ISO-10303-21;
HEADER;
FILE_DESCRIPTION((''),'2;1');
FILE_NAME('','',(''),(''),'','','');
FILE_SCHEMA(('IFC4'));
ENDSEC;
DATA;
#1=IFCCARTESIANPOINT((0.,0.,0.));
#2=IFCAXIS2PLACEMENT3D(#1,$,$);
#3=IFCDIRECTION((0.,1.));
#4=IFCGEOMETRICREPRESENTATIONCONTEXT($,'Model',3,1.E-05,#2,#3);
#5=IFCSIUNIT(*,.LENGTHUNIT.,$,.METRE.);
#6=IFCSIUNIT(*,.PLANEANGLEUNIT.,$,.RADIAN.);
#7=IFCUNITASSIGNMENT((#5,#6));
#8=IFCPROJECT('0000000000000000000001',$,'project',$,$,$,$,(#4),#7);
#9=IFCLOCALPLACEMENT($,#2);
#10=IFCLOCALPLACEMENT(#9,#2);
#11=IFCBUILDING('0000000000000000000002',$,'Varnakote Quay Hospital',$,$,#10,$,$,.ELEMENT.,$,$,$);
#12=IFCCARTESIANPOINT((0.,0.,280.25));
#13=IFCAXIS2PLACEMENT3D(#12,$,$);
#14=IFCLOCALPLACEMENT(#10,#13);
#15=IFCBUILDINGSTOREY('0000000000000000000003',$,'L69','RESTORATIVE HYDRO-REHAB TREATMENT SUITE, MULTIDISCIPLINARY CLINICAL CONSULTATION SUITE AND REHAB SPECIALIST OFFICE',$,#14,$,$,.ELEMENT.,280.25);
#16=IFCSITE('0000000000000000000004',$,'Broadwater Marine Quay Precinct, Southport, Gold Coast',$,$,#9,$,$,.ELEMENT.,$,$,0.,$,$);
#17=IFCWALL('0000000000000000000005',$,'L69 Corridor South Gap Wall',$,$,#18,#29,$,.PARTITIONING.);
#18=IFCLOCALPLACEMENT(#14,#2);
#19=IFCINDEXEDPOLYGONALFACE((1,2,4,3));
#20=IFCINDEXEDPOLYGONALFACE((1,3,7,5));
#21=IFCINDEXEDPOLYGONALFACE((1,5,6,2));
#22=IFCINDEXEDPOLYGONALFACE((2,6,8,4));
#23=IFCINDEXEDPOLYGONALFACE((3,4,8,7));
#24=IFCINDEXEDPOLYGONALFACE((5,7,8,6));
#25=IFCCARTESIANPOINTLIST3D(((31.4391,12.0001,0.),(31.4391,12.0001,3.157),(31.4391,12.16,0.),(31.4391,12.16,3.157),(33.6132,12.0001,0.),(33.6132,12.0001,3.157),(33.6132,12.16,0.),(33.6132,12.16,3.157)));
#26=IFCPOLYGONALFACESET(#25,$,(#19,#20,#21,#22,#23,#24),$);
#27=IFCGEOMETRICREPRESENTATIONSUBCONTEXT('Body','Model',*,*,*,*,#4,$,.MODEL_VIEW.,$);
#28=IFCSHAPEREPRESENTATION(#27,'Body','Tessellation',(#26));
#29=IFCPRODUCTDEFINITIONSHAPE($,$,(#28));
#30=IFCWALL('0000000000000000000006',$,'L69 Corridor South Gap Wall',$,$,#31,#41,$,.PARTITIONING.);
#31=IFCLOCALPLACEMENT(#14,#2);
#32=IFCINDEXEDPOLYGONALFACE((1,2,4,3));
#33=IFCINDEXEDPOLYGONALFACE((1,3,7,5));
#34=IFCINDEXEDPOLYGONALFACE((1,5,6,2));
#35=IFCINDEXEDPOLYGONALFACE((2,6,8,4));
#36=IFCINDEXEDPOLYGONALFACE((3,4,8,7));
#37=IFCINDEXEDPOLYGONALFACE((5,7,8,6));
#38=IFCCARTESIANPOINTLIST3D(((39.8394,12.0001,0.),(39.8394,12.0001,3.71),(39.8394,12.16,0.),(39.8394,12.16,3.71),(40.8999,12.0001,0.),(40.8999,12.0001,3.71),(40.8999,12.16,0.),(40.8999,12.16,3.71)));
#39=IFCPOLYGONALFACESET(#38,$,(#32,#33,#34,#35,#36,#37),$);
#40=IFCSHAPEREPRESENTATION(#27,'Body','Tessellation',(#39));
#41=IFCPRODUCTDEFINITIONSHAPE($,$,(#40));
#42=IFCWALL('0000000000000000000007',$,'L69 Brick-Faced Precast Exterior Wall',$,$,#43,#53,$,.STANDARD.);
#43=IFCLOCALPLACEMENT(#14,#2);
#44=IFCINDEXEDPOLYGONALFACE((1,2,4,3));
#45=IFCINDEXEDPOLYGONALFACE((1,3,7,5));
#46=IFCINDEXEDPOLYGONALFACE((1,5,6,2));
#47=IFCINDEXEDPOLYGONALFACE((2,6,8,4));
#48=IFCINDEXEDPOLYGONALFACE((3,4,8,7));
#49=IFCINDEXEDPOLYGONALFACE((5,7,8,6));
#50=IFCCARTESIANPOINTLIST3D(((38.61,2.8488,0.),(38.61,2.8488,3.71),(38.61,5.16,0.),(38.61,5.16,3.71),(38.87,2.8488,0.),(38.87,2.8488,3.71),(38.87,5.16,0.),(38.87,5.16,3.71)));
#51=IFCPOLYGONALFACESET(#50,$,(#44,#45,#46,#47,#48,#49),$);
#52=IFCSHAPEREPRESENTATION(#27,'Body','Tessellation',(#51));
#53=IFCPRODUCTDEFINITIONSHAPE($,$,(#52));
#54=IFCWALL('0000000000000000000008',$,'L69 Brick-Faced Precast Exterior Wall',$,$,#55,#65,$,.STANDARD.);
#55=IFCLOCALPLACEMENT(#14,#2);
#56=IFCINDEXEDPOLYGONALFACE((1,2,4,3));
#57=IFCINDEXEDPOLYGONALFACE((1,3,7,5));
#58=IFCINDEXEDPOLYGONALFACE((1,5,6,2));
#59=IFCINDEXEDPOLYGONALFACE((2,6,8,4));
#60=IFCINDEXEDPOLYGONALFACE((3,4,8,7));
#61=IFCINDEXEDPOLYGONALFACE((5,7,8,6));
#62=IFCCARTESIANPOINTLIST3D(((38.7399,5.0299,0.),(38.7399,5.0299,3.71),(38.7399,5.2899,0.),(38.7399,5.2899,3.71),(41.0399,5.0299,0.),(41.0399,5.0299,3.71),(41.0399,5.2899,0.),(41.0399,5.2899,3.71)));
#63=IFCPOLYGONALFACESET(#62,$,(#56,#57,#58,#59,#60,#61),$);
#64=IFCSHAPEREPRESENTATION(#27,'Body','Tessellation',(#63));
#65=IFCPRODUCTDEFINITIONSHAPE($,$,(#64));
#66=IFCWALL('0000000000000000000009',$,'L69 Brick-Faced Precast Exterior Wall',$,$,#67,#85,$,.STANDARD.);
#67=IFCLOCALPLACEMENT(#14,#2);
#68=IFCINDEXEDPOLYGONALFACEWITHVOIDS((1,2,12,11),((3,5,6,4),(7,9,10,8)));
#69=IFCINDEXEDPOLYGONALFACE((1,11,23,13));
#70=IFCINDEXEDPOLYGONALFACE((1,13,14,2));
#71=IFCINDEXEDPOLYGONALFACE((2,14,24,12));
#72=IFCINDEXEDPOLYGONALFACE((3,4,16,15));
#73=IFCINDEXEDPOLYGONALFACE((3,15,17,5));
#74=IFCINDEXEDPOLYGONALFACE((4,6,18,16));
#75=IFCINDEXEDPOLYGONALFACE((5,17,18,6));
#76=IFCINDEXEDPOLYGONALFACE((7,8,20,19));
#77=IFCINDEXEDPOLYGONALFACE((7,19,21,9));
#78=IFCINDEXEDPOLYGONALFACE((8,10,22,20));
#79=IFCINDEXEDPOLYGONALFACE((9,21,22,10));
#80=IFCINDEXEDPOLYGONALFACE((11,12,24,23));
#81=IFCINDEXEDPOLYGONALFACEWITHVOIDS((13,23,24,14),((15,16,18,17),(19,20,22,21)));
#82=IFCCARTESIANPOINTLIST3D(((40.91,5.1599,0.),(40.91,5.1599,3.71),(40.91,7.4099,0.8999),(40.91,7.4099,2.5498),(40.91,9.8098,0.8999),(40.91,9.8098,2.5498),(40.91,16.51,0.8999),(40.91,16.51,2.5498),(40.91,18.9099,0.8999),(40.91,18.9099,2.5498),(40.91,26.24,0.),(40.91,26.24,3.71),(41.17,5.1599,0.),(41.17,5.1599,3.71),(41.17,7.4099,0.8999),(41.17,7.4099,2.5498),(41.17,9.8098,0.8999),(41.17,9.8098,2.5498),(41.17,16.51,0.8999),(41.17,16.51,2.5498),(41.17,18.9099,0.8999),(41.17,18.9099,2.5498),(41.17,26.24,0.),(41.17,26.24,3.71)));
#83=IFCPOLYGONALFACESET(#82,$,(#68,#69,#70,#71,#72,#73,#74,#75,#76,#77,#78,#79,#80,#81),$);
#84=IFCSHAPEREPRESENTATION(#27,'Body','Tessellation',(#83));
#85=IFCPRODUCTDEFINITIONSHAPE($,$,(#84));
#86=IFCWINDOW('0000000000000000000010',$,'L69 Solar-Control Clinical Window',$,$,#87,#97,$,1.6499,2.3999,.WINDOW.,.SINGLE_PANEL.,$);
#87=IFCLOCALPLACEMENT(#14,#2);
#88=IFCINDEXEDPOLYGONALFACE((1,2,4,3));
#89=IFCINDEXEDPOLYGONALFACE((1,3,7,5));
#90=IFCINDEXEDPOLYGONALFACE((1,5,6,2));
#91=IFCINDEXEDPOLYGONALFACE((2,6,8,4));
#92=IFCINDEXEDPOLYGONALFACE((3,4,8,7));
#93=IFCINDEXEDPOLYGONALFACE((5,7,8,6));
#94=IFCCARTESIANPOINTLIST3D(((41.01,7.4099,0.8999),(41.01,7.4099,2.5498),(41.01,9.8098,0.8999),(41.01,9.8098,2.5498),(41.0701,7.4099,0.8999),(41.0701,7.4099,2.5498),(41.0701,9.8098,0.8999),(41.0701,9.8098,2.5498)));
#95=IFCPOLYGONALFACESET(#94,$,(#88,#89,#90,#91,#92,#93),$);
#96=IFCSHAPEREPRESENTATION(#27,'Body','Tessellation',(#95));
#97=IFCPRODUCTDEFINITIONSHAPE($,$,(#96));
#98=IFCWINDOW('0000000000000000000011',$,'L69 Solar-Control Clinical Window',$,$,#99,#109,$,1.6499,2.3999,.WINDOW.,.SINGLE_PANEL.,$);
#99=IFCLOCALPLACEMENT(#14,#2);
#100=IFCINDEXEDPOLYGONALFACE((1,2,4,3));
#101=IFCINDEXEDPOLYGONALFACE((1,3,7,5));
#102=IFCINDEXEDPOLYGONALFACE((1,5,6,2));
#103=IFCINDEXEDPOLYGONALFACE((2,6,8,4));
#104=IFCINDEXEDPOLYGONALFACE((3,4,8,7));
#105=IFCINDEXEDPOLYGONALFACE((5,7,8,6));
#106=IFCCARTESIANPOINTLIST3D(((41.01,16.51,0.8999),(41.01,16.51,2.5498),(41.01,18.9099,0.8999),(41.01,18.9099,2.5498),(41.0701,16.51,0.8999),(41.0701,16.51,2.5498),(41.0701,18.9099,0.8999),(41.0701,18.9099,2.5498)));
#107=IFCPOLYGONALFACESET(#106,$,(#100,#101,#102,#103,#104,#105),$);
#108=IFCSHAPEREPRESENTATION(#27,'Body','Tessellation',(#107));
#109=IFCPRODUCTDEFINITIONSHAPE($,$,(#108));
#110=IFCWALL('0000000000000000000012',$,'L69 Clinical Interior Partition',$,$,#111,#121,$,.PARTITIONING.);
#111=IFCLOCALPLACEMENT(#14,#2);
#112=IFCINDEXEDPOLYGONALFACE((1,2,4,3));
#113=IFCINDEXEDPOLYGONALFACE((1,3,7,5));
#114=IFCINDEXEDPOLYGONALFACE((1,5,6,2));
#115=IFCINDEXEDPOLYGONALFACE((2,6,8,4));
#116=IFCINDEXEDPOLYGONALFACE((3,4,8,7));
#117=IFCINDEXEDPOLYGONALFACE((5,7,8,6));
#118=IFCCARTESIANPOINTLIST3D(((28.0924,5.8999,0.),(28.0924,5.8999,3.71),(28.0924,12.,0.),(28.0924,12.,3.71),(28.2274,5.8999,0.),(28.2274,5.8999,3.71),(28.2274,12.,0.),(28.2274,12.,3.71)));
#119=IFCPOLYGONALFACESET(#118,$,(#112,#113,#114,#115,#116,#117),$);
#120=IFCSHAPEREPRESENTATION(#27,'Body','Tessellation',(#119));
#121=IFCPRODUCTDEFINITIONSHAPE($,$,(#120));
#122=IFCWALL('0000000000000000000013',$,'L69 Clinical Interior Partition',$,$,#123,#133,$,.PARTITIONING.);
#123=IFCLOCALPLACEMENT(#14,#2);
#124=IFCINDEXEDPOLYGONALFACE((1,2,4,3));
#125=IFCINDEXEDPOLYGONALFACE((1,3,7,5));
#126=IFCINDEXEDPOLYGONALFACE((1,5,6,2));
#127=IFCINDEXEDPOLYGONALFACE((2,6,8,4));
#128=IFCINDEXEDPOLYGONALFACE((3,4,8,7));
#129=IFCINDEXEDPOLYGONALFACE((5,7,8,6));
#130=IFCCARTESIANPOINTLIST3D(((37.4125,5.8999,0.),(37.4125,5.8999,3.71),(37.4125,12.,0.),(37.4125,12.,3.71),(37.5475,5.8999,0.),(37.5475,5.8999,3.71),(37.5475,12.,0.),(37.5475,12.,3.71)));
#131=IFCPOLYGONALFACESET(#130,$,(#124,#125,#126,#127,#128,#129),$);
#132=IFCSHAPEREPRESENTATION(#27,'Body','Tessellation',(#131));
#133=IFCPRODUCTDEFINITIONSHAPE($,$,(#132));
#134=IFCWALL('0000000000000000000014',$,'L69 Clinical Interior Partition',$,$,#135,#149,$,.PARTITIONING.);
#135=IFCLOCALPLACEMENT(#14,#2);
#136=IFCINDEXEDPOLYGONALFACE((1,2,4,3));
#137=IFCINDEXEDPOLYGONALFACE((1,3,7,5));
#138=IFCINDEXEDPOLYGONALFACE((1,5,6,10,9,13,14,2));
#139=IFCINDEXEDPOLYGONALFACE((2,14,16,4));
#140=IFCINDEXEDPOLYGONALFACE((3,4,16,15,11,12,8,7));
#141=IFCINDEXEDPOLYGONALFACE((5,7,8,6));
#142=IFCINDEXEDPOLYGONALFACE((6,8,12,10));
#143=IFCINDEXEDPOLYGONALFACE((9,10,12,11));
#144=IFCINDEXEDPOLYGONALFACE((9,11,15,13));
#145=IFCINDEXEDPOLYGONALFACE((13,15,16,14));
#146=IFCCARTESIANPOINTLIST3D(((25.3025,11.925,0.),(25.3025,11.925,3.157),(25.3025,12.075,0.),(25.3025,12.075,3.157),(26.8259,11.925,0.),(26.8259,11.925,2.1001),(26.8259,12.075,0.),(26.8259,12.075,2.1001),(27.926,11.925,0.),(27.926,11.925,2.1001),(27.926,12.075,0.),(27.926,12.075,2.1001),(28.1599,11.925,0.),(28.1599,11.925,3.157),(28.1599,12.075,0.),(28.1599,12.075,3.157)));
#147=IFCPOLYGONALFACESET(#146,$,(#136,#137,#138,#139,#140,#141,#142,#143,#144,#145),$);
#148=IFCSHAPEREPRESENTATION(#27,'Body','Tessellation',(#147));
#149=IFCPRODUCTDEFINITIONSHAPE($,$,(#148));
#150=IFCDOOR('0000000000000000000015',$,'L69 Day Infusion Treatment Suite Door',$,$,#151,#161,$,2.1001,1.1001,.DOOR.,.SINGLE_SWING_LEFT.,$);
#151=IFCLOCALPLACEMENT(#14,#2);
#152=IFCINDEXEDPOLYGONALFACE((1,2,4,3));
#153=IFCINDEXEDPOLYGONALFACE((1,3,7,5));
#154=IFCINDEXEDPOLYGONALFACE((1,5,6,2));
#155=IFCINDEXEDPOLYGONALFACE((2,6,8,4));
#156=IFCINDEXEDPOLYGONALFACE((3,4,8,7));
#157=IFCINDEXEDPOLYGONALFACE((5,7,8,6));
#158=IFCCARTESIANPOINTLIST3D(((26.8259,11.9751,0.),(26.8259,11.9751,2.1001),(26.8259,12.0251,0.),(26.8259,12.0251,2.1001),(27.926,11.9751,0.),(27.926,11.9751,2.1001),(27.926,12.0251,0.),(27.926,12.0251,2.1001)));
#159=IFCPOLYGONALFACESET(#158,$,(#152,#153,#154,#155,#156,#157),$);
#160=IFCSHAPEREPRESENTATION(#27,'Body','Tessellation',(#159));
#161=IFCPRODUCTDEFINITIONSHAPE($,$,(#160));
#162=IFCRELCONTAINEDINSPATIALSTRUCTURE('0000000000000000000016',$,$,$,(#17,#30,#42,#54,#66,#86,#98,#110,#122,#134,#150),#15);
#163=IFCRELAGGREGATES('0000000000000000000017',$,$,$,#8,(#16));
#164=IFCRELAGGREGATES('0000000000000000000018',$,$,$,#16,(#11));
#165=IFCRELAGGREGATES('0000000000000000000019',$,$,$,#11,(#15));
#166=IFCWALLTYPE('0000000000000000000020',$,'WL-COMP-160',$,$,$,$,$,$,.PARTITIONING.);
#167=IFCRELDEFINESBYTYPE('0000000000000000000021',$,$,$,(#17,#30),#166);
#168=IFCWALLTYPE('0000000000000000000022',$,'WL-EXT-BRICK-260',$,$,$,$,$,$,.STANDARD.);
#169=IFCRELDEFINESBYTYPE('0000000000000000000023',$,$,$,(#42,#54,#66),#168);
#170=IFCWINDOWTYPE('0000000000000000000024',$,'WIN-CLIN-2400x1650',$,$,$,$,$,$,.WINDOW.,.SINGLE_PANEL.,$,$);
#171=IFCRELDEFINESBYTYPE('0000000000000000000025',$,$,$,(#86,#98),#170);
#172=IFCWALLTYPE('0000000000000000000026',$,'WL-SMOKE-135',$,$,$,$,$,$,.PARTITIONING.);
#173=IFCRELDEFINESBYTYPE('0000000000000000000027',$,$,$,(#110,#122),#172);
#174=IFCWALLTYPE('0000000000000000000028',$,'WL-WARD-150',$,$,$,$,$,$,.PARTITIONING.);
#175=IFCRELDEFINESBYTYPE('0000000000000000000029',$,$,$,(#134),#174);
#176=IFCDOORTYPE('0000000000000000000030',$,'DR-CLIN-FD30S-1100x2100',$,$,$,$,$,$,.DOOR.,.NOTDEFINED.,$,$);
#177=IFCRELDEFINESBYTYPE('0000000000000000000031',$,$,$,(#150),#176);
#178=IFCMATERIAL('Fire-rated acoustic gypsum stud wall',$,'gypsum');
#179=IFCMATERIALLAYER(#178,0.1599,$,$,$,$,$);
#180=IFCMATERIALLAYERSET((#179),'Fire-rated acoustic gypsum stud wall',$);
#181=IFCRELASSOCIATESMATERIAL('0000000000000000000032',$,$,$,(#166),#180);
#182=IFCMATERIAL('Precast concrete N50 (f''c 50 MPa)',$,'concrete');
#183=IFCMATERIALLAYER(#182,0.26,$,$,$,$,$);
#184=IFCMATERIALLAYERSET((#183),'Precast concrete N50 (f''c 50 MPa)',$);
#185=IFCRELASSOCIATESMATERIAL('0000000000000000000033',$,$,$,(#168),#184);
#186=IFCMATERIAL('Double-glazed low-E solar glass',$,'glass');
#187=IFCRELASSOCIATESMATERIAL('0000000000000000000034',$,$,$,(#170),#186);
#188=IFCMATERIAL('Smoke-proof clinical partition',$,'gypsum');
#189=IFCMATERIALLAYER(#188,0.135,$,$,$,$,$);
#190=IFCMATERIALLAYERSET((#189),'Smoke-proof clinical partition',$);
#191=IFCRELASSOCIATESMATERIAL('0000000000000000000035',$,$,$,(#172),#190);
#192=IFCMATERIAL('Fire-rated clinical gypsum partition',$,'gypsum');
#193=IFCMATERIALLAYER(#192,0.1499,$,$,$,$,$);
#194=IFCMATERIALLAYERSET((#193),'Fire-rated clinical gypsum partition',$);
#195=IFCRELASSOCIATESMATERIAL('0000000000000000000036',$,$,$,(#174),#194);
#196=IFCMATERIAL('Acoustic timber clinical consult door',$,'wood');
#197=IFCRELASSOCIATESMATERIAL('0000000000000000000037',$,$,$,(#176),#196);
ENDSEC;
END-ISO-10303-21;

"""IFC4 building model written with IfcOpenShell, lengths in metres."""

from ifc_helpers import new_model, si_unit, direction, frame, frame_2d, origin, place, context, subcontext, project, spatial, rectangle, extrude, material, layer, layer_set, type_object, element, fill, save


model = new_model("IFC4")

# Units and contexts
model_context = context("Model", 3, precision=1e-05, world=origin(), true_north=direction((0.0, 1.0)))
body_context = subcontext(model_context, "Body", "Model", "MODEL_VIEW")
ifc_project = project(units=[si_unit("LENGTHUNIT", "METRE"), si_unit("PLANEANGLEUNIT", "RADIAN")], contexts=[model_context])

# Site, building, storey
site_placement = place(None, origin())
site = spatial("IfcSite", under=ifc_project, at=site_placement, Name="Broadwater Marine Quay Precinct, Southport, Gold Coast", CompositionType="ELEMENT", RefElevation=0.0)
building_placement = place(site_placement, origin())
building = spatial("IfcBuilding", under=site, at=building_placement, Name="Varnakote Quay Hospital", CompositionType="ELEMENT")
storey_placement = place(building_placement, frame((0.0, 0.0, 280.25)))
storey = spatial("IfcBuildingStorey", under=building, at=storey_placement, Name="L69", Description="RESTORATIVE HYDRO-REHAB TREATMENT SUITE, MULTIDISCIPLINARY CLINICAL CONSULTATION SUITE AND REHAB SPECIALIST OFFICE", CompositionType="ELEMENT", Elevation=280.25)

# Walls
ifc_material_1 = material(Name="Fire-rated acoustic gypsum stud wall", Category="gypsum")
ifc_layer_1 = layer(ifc_material_1, 0.1599)
ifc_layer_set_1 = layer_set([ifc_layer_1], Name="Fire-rated acoustic gypsum stud wall")
wall_type_1 = type_object("IfcWallType", Name="WL-COMP-160", PredefinedType="PARTITIONING", material=ifc_layer_set_1)
wall_1_placement = place(storey_placement, frame((31.4392, 12.0801, 0.0), z_axis=(0.0, 0.0, 1.0), x_axis=(1.0, 0.0, 0.0)))
element("IfcWall", 1, at=wall_1_placement, inside=storey, type_object=wall_type_1, Name="L69 Corridor South Gap Wall", PredefinedType="PARTITIONING", context=body_context, shape_type="SweptSolid", body=[
    extrude(rectangle(XDim=2.1741, YDim=0.1599, at=frame_2d((1.0869, 0.0))), origin(), (0.0, 0.0, 1.0), 3.157),
])
wall_2_placement = place(storey_placement, frame((39.8394, 12.0801, 0.0), z_axis=(0.0, 0.0, 1.0), x_axis=(1.0, 0.0, 0.0)))
element("IfcWall", 2, at=wall_2_placement, inside=storey, type_object=wall_type_1, Name="L69 Corridor South Gap Wall", PredefinedType="PARTITIONING", context=body_context, shape_type="SweptSolid", body=[
    extrude(rectangle(XDim=1.0605, YDim=0.1599, at=frame_2d((0.5303, 0.0))), origin(), (0.0, 0.0, 1.0), 3.71),
])
ifc_material_2 = material(Name="Precast concrete N50 (f'c 50 MPa)", Category="concrete")
ifc_layer_2 = layer(ifc_material_2, 0.26)
ifc_layer_set_2 = layer_set([ifc_layer_2], Name="Precast concrete N50 (f'c 50 MPa)")
wall_type_2 = type_object("IfcWallType", Name="WL-EXT-BRICK-260", PredefinedType="STANDARD", material=ifc_layer_set_2)
wall_3_placement = place(storey_placement, frame((38.74, 2.8486, 0.0), z_axis=(0.0, 0.0, 1.0), x_axis=(0.0, 1.0, 0.0)))
element("IfcWall", 3, at=wall_3_placement, inside=storey, type_object=wall_type_2, Name="L69 Brick-Faced Precast Exterior Wall", PredefinedType="STANDARD", context=body_context, shape_type="SweptSolid", body=[
    extrude(rectangle(XDim=2.3113, YDim=0.26, at=frame_2d((1.1558, 0.0))), origin(), (0.0, 0.0, 1.0), 3.71),
])
wall_4_placement = place(storey_placement, frame((38.74, 5.1599, 0.0), z_axis=(0.0, 0.0, 1.0), x_axis=(1.0, 0.0, 0.0)))
element("IfcWall", 4, at=wall_4_placement, inside=storey, type_object=wall_type_2, Name="L69 Brick-Faced Precast Exterior Wall", PredefinedType="STANDARD", context=body_context, shape_type="SweptSolid", body=[
    extrude(rectangle(XDim=2.3, YDim=0.26, at=frame_2d((1.1499, 0.0))), origin(), (0.0, 0.0, 1.0), 3.71),
])

# Wall, openings, windows
wall_5_placement = place(storey_placement, frame((41.04, 5.1599, 0.0), z_axis=(0.0, 0.0, 1.0), x_axis=(0.0, 1.0, 0.0)))
wall_5 = element("IfcWall", 5, at=wall_5_placement, inside=storey, type_object=wall_type_2, Name="L69 Brick-Faced Precast Exterior Wall", PredefinedType="STANDARD", context=body_context, shape_type="SweptSolid", body=[
    extrude(rectangle(XDim=21.0801, YDim=0.26, at=frame_2d((10.54, 0.0))), origin(), (0.0, 0.0, 1.0), 3.71),
])
opening_1_placement = place(wall_5_placement, frame((2.25, 0.0, 0.8999)))
opening_1 = element("IfcOpeningElement", 6, at=opening_1_placement, cuts=wall_5, PredefinedType="OPENING", context=body_context, shape_type="SweptSolid", body=[
    extrude(rectangle(XDim=2.3999, YDim=1.6499, at=frame_2d((1.2, 0.825))), frame((0.0, 0.1399, 0.0), z_axis=(0.0, -1.0, 0.0), x_axis=(1.0, 0.0, 0.0)), (0.0, 0.0, 1.0), 0.28),
])
opening_2_placement = place(wall_5_placement, frame((11.3501, 0.0, 0.8999)))
opening_2 = element("IfcOpeningElement", 7, at=opening_2_placement, cuts=wall_5, PredefinedType="OPENING", context=body_context, shape_type="SweptSolid", body=[
    extrude(rectangle(XDim=2.3999, YDim=1.6499, at=frame_2d((1.2, 0.825))), frame((0.0, 0.1399, 0.0), z_axis=(0.0, -1.0, 0.0), x_axis=(1.0, 0.0, 0.0)), (0.0, 0.0, 1.0), 0.28),
])
ifc_material_3 = material(Name="Double-glazed low-E solar glass", Category="glass")
window_type = type_object("IfcWindowType", Name="WIN-CLIN-2400x1650", PartitioningType="SINGLE_PANEL", PredefinedType="WINDOW", material=ifc_material_3)
window_1_placement = place(opening_1_placement, origin())
window_1 = element("IfcWindow", 8, at=window_1_placement, inside=storey, type_object=window_type, Name="L69 Solar-Control Clinical Window", OverallHeight=1.6499, OverallWidth=2.3999, PartitioningType="SINGLE_PANEL", PredefinedType="WINDOW", context=body_context, shape_type="SweptSolid", body=[
    extrude(rectangle(XDim=2.3999, YDim=1.6499, at=frame_2d((1.2, 0.825))), frame((0.0, 0.03, 0.0), z_axis=(0.0, -1.0, 0.0), x_axis=(1.0, 0.0, 0.0)), (0.0, 0.0, 1.0), 0.0601),
])
fill(opening_1, window_1)
window_2_placement = place(opening_2_placement, origin())
window_2 = element("IfcWindow", 9, at=window_2_placement, inside=storey, type_object=window_type, Name="L69 Solar-Control Clinical Window", OverallHeight=1.6499, OverallWidth=2.3999, PartitioningType="SINGLE_PANEL", PredefinedType="WINDOW", context=body_context, shape_type="SweptSolid", body=[
    extrude(rectangle(XDim=2.3999, YDim=1.6499, at=frame_2d((1.2, 0.825))), frame((0.0, 0.03, 0.0), z_axis=(0.0, -1.0, 0.0), x_axis=(1.0, 0.0, 0.0)), (0.0, 0.0, 1.0), 0.0601),
])
fill(opening_2, window_2)

# Walls
ifc_material_4 = material(Name="Smoke-proof clinical partition", Category="gypsum")
ifc_layer_3 = layer(ifc_material_4, 0.135)
ifc_layer_set_3 = layer_set([ifc_layer_3], Name="Smoke-proof clinical partition")
wall_type_3 = type_object("IfcWallType", Name="WL-SMOKE-135", PredefinedType="PARTITIONING", material=ifc_layer_set_3)
for number, where, z_axis, x_axis, name in (
    (10, (28.1599, 5.8999, 0.0), (0.0, 0.0, 1.0), (0.0, 1.0, 0.0), "L69 Clinical Interior Partition"),
    (11, (37.48, 5.8999, 0.0), (0.0, 0.0, 1.0), (0.0, 1.0, 0.0), "L69 Clinical Interior Partition"),
):
    element("IfcWall", number, at=place(storey_placement, frame(where, z_axis=z_axis, x_axis=x_axis)), inside=storey, type_object=wall_type_3, Name=name, PredefinedType="PARTITIONING", context=body_context, shape_type="SweptSolid", body=[
        extrude(rectangle(XDim=6.1001, YDim=0.135, at=frame_2d((3.05, 0.0))), origin(), (0.0, 0.0, 1.0), 3.71),
    ])

# Wall, opening, door
ifc_material_5 = material(Name="Fire-rated clinical gypsum partition", Category="gypsum")
ifc_layer_4 = layer(ifc_material_5, 0.1499)
ifc_layer_set_4 = layer_set([ifc_layer_4], Name="Fire-rated clinical gypsum partition")
wall_type_4 = type_object("IfcWallType", Name="WL-WARD-150", PredefinedType="PARTITIONING", material=ifc_layer_set_4)
wall_6_placement = place(storey_placement, frame((28.1599, 12.0, 0.0), z_axis=(0.0, 0.0, 1.0), x_axis=(-1.0, 0.0, 0.0)))
wall_6 = element("IfcWall", 12, at=wall_6_placement, inside=storey, type_object=wall_type_4, Name="L69 Clinical Interior Partition", PredefinedType="PARTITIONING", context=body_context, shape_type="SweptSolid", body=[
    extrude(rectangle(XDim=2.8574, YDim=0.1499, at=frame_2d((1.4287, 0.0))), origin(), (0.0, 0.0, 1.0), 3.157),
])
opening_3_placement = place(wall_6_placement, frame((0.2339, 0.0, 0.0)))
opening_3 = element("IfcOpeningElement", 13, at=opening_3_placement, cuts=wall_6, PredefinedType="OPENING", context=body_context, shape_type="SweptSolid", body=[
    extrude(rectangle(XDim=1.1001, YDim=2.1001, at=frame_2d((0.55, 1.05))), frame((0.0, 0.085, 0.0), z_axis=(0.0, -1.0, 0.0), x_axis=(1.0, 0.0, 0.0)), (0.0, 0.0, 1.0), 0.1699),
])
ifc_material_6 = material(Name="Acoustic timber clinical consult door", Category="wood")
door_type = type_object("IfcDoorType", Name="DR-CLIN-FD30S-1100x2100", OperationType="NOTDEFINED", PredefinedType="DOOR", material=ifc_material_6)
door_1_placement = place(opening_3_placement, origin())
door_1 = element("IfcDoor", 14, at=door_1_placement, inside=storey, type_object=door_type, Name="L69 Day Infusion Treatment Suite Door", OperationType="SINGLE_SWING_LEFT", OverallHeight=2.1001, OverallWidth=1.1001, PredefinedType="DOOR", context=body_context, shape_type="SweptSolid", body=[
    extrude(rectangle(XDim=1.1001, YDim=2.1001, at=frame_2d((0.55, 1.05))), frame((0.0, 0.0249, 0.0), z_axis=(0.0, -1.0, 0.0), x_axis=(1.0, 0.0, 0.0)), (0.0, 0.0, 1.0), 0.05),
])
fill(opening_3, door_1)

save(model, "model.ifc")
